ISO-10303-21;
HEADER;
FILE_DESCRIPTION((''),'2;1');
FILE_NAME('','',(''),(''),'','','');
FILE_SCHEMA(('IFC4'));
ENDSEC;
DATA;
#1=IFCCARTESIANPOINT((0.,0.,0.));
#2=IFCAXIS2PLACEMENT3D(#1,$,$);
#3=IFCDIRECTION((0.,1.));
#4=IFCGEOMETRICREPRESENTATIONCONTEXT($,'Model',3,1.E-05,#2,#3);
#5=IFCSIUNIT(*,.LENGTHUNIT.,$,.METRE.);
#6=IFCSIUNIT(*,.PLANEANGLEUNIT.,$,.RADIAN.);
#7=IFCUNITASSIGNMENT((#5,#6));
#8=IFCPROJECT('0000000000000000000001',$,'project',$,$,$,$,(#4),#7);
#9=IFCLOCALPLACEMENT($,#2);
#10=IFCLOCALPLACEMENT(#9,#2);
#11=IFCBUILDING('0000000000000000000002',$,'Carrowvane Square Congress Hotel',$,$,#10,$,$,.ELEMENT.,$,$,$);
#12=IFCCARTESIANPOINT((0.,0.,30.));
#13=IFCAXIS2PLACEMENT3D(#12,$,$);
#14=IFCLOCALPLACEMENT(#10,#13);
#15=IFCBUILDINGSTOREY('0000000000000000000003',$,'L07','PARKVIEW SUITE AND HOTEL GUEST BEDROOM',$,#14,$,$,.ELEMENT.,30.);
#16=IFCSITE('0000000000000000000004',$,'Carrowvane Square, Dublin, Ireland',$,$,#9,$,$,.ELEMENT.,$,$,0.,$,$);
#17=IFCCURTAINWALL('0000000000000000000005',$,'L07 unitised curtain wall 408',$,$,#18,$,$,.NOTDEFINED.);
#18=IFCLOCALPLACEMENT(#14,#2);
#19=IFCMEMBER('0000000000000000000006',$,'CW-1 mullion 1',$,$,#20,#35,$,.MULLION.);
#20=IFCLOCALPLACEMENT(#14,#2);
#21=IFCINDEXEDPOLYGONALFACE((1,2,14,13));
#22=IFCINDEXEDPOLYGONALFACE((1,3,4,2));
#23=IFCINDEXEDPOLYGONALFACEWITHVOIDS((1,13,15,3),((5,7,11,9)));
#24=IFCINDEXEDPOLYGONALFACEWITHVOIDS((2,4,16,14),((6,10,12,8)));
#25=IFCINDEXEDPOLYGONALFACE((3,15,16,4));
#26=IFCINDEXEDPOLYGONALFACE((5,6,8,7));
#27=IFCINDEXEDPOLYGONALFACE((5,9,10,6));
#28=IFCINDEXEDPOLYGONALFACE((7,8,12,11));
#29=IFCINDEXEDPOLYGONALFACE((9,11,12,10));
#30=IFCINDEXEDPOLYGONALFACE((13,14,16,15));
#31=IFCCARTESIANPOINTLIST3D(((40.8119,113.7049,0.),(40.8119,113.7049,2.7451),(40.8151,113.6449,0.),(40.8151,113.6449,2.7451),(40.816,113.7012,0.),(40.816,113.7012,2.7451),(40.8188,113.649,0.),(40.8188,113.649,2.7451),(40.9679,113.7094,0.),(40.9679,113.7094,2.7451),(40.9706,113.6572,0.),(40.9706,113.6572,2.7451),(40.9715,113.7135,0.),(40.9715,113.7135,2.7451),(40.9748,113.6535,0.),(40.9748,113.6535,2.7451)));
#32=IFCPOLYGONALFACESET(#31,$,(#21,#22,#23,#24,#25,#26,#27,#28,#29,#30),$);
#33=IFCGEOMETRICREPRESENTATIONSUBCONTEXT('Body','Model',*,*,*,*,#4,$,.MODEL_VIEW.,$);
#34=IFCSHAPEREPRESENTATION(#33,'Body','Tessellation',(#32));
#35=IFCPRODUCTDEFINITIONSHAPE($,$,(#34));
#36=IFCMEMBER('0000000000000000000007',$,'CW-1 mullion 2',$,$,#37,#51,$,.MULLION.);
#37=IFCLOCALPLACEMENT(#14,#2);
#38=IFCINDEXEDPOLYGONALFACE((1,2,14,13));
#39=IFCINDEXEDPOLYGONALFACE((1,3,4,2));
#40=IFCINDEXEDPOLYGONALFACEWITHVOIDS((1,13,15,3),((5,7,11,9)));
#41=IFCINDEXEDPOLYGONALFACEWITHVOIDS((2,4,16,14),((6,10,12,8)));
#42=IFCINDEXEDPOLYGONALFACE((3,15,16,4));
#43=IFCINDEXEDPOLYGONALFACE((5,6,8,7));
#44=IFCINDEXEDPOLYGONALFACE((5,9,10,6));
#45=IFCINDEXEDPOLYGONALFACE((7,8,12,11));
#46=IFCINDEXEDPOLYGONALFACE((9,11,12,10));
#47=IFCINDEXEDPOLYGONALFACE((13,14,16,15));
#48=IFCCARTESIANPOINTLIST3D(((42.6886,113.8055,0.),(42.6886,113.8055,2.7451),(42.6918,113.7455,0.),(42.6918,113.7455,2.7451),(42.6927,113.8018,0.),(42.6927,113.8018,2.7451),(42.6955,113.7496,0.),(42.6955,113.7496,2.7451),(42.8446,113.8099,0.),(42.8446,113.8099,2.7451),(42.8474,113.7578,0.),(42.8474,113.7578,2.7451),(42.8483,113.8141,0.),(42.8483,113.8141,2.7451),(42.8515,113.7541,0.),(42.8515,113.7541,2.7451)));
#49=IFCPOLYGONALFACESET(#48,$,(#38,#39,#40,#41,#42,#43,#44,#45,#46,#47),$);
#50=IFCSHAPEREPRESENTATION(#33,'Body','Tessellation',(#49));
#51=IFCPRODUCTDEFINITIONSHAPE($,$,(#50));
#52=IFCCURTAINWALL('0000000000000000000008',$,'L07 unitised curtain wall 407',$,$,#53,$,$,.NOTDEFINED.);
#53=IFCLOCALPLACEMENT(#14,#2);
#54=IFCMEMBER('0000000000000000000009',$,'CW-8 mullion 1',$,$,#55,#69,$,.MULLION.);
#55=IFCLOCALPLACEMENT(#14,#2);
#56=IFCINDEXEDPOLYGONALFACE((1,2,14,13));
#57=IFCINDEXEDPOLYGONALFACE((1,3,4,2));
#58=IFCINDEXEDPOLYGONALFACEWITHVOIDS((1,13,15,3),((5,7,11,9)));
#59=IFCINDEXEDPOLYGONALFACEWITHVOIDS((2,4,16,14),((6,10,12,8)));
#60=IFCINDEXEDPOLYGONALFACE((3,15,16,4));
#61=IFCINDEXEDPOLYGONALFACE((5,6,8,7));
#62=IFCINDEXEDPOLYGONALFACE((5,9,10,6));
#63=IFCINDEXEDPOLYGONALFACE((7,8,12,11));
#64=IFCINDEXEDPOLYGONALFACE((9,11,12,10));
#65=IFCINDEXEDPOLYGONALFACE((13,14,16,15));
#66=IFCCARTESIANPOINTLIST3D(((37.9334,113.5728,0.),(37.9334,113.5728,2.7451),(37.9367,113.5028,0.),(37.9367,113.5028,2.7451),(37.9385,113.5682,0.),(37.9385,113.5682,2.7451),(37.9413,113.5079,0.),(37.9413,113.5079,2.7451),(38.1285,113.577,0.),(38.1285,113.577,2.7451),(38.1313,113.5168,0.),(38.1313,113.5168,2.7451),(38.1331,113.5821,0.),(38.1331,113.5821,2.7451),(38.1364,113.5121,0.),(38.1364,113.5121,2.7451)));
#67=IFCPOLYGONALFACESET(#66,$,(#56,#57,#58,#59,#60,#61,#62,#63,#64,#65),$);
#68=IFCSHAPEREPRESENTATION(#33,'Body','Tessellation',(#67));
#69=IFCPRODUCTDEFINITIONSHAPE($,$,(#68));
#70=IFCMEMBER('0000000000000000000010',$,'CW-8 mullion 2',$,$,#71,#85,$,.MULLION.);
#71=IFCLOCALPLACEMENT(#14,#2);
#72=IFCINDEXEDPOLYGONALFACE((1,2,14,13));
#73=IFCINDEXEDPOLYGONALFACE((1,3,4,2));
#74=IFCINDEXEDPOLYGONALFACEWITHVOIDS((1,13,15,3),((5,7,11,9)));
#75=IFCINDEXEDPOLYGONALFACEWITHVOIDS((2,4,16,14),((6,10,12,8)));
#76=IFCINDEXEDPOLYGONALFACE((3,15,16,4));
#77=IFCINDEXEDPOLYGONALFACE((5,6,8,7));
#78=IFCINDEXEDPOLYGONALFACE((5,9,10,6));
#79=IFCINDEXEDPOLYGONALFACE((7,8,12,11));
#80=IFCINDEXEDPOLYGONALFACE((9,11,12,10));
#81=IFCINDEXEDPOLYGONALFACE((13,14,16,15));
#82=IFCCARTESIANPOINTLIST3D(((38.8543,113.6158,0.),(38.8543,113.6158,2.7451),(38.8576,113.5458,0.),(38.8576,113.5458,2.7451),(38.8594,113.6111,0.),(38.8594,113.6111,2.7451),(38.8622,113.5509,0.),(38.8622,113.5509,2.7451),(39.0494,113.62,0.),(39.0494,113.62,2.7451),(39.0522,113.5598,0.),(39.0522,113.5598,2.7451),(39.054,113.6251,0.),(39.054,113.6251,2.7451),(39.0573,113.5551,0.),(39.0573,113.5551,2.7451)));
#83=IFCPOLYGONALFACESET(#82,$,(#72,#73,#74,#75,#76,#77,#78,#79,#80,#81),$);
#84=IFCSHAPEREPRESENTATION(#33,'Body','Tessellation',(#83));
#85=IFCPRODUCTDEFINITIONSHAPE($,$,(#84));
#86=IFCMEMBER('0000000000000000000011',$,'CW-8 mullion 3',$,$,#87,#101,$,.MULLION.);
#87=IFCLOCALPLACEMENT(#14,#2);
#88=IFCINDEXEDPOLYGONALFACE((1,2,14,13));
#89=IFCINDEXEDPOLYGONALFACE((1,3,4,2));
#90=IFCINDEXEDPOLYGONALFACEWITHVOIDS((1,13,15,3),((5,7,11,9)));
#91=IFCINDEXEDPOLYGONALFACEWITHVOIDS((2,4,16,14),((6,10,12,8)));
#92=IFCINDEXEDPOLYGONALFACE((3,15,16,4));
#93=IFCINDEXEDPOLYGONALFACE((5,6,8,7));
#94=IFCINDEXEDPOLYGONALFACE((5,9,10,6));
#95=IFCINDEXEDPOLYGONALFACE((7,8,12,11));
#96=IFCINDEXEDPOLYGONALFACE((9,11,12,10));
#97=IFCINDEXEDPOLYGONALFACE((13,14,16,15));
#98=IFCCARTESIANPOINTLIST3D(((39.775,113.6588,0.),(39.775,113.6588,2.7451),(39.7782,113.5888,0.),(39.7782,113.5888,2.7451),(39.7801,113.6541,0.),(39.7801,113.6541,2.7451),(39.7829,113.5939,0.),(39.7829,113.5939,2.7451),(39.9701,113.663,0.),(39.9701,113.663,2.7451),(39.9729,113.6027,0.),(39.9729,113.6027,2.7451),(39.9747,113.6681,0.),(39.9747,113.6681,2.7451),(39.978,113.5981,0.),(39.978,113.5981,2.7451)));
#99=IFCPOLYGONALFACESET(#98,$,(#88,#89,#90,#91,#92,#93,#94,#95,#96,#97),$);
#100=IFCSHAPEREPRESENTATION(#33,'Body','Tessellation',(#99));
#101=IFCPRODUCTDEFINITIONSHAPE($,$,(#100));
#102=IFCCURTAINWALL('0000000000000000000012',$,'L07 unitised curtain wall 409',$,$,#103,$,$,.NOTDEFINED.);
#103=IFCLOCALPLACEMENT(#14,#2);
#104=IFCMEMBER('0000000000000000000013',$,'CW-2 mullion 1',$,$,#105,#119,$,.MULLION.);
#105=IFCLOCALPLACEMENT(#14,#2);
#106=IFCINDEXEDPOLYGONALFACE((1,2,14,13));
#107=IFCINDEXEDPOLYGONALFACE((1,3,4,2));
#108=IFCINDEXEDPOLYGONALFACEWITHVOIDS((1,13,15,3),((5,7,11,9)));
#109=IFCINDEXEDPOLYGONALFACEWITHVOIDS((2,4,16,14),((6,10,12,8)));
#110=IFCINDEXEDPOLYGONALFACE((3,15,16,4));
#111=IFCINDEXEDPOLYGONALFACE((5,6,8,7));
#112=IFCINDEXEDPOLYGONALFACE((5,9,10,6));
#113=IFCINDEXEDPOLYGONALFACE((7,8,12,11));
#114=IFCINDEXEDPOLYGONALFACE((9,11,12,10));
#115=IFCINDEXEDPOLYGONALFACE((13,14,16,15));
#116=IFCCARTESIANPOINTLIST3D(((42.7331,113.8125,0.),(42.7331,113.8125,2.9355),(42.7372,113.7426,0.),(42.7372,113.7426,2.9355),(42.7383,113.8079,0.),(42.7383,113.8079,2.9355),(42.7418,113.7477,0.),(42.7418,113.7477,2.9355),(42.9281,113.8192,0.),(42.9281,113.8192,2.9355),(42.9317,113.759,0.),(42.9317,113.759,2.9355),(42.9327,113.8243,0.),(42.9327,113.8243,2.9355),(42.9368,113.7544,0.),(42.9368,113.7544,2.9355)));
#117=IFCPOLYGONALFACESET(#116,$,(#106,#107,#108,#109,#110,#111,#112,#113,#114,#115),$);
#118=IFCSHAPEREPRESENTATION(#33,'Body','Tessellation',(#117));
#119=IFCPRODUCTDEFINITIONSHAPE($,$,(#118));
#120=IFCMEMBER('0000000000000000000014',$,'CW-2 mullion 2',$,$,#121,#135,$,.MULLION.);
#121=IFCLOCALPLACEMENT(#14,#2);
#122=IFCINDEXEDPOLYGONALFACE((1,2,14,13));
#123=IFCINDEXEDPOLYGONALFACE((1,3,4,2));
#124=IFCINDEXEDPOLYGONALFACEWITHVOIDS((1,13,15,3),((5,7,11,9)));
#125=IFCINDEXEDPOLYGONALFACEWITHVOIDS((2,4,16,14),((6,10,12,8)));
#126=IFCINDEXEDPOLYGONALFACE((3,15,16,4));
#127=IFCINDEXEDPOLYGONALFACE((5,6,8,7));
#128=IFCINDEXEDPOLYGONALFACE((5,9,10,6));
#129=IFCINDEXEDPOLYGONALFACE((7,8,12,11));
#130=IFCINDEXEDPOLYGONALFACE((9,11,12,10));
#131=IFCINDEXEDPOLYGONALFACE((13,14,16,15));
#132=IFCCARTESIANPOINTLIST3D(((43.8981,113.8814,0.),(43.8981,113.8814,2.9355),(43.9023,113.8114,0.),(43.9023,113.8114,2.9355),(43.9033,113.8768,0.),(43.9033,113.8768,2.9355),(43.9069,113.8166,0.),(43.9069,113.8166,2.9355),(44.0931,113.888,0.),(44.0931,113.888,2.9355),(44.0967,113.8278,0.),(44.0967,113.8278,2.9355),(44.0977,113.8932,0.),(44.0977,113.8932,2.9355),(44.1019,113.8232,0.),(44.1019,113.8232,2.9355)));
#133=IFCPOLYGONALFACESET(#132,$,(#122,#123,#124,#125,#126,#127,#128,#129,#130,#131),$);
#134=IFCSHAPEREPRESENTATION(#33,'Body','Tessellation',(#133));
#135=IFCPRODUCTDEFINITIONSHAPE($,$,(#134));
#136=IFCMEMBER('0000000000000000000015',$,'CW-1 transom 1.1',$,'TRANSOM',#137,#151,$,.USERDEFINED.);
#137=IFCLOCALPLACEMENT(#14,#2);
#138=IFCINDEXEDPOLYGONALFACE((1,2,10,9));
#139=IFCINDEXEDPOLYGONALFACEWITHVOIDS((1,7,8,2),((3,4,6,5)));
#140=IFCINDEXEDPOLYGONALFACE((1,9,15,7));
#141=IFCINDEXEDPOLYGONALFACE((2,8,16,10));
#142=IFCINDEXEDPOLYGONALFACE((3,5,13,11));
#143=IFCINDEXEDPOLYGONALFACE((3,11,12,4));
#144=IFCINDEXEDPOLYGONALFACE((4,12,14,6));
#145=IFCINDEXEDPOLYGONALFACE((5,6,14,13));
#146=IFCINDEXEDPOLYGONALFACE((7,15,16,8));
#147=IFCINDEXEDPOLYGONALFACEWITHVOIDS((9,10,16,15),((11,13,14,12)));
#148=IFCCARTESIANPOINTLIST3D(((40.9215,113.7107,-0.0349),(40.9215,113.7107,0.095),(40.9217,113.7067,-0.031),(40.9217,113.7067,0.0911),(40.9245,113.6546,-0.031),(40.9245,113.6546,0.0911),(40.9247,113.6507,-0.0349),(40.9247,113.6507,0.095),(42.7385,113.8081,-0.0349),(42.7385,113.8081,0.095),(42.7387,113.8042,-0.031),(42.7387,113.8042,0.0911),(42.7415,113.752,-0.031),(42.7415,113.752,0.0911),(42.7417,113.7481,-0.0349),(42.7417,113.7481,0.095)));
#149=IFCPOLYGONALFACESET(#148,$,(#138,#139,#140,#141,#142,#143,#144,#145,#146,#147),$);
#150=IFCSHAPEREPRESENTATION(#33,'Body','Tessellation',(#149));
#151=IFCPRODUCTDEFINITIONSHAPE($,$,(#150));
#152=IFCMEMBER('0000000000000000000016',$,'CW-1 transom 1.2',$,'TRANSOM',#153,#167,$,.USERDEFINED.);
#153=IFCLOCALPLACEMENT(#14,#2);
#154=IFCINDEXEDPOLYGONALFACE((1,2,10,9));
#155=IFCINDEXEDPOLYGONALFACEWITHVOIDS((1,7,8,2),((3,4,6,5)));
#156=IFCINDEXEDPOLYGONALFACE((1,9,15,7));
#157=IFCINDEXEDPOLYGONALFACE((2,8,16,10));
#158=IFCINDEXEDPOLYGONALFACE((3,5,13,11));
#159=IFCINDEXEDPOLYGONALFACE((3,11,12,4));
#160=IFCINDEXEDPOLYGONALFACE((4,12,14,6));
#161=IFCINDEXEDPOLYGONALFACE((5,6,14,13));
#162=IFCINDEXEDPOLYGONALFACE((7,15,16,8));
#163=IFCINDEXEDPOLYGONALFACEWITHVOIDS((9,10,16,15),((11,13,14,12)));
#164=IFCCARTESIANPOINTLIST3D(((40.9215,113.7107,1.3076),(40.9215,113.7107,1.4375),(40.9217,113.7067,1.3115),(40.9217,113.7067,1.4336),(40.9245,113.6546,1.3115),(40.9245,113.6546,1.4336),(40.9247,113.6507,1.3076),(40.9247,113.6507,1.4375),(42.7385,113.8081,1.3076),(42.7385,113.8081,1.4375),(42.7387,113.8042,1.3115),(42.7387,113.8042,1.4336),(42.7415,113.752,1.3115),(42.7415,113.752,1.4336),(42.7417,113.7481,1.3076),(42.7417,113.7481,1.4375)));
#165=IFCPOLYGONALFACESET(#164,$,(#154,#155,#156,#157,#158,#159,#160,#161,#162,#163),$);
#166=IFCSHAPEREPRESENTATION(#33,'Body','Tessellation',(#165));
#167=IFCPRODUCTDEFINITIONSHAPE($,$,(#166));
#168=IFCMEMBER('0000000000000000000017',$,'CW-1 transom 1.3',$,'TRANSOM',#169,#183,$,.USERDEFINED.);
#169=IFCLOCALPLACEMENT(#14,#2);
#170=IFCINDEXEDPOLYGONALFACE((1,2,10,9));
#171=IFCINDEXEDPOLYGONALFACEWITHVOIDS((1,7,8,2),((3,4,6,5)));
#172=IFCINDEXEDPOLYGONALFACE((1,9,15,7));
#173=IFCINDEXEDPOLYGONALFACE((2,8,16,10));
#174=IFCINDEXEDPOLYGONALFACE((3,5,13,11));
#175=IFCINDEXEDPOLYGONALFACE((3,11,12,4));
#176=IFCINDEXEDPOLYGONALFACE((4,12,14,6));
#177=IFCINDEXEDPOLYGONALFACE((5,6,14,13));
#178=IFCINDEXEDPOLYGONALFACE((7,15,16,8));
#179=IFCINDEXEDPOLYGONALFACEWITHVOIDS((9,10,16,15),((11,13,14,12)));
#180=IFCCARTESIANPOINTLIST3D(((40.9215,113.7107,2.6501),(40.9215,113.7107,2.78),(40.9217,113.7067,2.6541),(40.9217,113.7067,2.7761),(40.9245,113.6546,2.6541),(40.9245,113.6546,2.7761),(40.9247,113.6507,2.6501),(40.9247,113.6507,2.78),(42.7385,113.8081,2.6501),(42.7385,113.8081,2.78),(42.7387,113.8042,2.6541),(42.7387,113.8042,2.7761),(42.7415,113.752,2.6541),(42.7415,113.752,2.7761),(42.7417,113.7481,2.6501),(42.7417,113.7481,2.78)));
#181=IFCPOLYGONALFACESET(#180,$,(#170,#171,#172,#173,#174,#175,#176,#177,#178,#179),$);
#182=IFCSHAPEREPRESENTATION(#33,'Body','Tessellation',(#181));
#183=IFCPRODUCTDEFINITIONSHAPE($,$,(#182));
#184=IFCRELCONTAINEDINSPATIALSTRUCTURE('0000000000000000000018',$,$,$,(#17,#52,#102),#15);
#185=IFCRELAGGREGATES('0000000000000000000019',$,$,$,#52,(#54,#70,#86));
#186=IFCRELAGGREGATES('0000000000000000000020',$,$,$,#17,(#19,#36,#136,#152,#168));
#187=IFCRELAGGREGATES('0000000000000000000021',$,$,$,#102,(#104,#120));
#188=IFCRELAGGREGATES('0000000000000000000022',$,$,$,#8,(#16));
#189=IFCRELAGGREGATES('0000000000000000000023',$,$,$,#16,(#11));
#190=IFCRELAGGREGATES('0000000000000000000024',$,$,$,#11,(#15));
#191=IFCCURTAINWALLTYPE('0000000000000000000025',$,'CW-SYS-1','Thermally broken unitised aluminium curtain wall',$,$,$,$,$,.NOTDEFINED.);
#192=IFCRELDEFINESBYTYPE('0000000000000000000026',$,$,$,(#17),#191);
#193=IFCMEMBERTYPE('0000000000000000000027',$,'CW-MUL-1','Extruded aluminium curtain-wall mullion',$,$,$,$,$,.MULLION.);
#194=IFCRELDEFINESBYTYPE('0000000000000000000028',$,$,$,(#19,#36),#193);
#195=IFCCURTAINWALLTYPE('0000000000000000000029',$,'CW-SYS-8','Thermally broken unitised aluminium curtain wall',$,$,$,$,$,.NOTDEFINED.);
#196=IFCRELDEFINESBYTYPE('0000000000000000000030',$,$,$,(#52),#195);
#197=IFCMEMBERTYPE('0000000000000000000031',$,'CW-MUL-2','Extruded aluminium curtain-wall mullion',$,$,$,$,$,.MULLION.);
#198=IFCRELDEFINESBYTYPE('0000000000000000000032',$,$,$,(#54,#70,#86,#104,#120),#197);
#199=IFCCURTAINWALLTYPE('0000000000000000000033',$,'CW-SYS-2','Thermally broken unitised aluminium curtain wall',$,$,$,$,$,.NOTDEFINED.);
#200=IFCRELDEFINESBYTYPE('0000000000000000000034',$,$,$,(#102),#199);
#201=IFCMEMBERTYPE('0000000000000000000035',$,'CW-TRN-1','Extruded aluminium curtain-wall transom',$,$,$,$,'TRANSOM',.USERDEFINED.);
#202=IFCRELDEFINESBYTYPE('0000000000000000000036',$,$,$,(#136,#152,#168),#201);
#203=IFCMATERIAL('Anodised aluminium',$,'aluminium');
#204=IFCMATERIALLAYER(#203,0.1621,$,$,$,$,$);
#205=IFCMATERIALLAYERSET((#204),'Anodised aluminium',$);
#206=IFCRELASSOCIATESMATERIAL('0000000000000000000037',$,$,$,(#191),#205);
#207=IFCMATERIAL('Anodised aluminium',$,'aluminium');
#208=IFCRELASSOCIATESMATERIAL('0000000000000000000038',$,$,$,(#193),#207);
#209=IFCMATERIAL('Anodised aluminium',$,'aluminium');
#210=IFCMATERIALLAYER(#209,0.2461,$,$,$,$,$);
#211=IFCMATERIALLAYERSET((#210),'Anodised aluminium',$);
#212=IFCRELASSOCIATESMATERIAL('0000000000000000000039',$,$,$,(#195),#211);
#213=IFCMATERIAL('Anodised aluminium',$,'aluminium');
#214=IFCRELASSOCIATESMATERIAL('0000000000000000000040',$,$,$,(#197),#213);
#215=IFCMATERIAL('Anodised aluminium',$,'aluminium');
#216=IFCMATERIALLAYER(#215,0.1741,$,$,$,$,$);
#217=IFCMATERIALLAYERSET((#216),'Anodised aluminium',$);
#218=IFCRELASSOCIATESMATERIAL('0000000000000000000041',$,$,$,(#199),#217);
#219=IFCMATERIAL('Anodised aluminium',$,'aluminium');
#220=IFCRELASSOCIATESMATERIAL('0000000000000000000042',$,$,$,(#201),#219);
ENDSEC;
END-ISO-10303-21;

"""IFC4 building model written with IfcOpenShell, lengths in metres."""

from ifc_helpers import new_model, si_unit, direction, frame, origin, origin_2d, place, context, subcontext, project, spatial, hollow_rectangle, extrude, material, layer, layer_set, material_profile, profile_set, type_object, element, aggregate, save


model = new_model("IFC4")

# Units and contexts
model_context = context("Model", 3, precision=1e-05, world=origin(), true_north=direction((0.0, 1.0)))
body_context = subcontext(model_context, "Body", "Model", "MODEL_VIEW")
ifc_project = project(units=[si_unit("LENGTHUNIT", "METRE"), si_unit("PLANEANGLEUNIT", "RADIAN")], contexts=[model_context])

# Site, building, storey
site_placement = place(None, origin())
site = spatial("IfcSite", under=ifc_project, at=site_placement, Name="Carrowvane Square, Dublin, Ireland", CompositionType="ELEMENT", RefElevation=0.0)
building_placement = place(site_placement, origin())
building = spatial("IfcBuilding", under=site, at=building_placement, Name="Carrowvane Square Congress Hotel", CompositionType="ELEMENT")
storey_placement = place(building_placement, frame((0.0, 0.0, 30.0)))
storey = spatial("IfcBuildingStorey", under=building, at=storey_placement, Name="L07", Description="PARKVIEW SUITE AND HOTEL GUEST BEDROOM", CompositionType="ELEMENT", Elevation=30.0)

# Curtain walls, members
ifc_material_1 = material(Name="Anodised aluminium", Category="aluminium")
ifc_layer_1 = layer(ifc_material_1, 0.1621)
ifc_layer_set_1 = layer_set([ifc_layer_1], Name="Anodised aluminium")
curtain_wall_type_1 = type_object("IfcCurtainWallType", Name="CW-SYS-1", Description="Thermally broken unitised aluminium curtain wall", PredefinedType="NOTDEFINED", material=ifc_layer_set_1)
curtain_wall_1_placement = place(storey_placement, origin())
curtain_wall_1 = element("IfcCurtainWall", 1, at=curtain_wall_1_placement, inside=storey, type_object=curtain_wall_type_1, Name="L07 unitised curtain wall 408", PredefinedType="NOTDEFINED")
ifc_material_2 = material(Name="Anodised aluminium", Category="aluminium")
ifc_material_profile_1 = material_profile(ifc_material_2, hollow_rectangle(XDim=0.0601, YDim=0.1599, WallThickness=0.0039, at=origin_2d()), Name="CW-ML 60x160x4")
ifc_profile_set_1 = profile_set([ifc_material_profile_1], Name="Anodised aluminium")
member_type_1 = type_object("IfcMemberType", Name="CW-MUL-1", Description="Extruded aluminium curtain-wall mullion", PredefinedType="MULLION", material=ifc_profile_set_1)
member_1_placement = place(storey_placement, frame((40.8933, 113.6792, 0.0), z_axis=(0.0, 0.0, 1.0), x_axis=(-0.053514, 0.998567, 0.0)))
member_1 = element("IfcMember", 2, at=member_1_placement, type_object=member_type_1, Name="CW-1 mullion 1", PredefinedType="MULLION", context=body_context, shape_type="SweptSolid", body=[
    extrude(hollow_rectangle(XDim=0.0601, YDim=0.1599, WallThickness=0.0039, at=origin_2d()), origin(), (0.0, 0.0, 1.0), 2.7451),
])
member_2_placement = place(storey_placement, frame((42.77, 113.7798, 0.0), z_axis=(0.0, 0.0, 1.0), x_axis=(-0.053514, 0.998567, 0.0)))
member_2 = element("IfcMember", 3, at=member_2_placement, type_object=member_type_1, Name="CW-1 mullion 2", PredefinedType="MULLION", context=body_context, shape_type="SweptSolid", body=[
    extrude(hollow_rectangle(XDim=0.0601, YDim=0.1599, WallThickness=0.0039, at=origin_2d()), origin(), (0.0, 0.0, 1.0), 2.7451),
])
ifc_material_3 = material(Name="Anodised aluminium", Category="aluminium")
ifc_layer_2 = layer(ifc_material_3, 0.2461)
ifc_layer_set_2 = layer_set([ifc_layer_2], Name="Anodised aluminium")
curtain_wall_type_2 = type_object("IfcCurtainWallType", Name="CW-SYS-8", Description="Thermally broken unitised aluminium curtain wall", PredefinedType="NOTDEFINED", material=ifc_layer_set_2)
curtain_wall_2_placement = place(storey_placement, origin())
curtain_wall_2 = element("IfcCurtainWall", 4, at=curtain_wall_2_placement, inside=storey, type_object=curtain_wall_type_2, Name="L07 unitised curtain wall 407", PredefinedType="NOTDEFINED")
ifc_material_4 = material(Name="Anodised aluminium", Category="aluminium")
ifc_material_profile_2 = material_profile(ifc_material_4, hollow_rectangle(XDim=0.0701, YDim=0.2, WallThickness=0.0049, at=origin_2d()), Name="CW-ML 70x200x5")
ifc_profile_set_2 = profile_set([ifc_material_profile_2], Name="Anodised aluminium")
member_type_2 = type_object("IfcMemberType", Name="CW-MUL-2", Description="Extruded aluminium curtain-wall mullion", PredefinedType="MULLION", material=ifc_profile_set_2)
member_3_placement = place(storey_placement, frame((38.0349, 113.5425, 0.0), z_axis=(0.0, 0.0, 1.0), x_axis=(-0.046522, 0.998917, 0.0)))
member_3 = element("IfcMember", 5, at=member_3_placement, type_object=member_type_2, Name="CW-8 mullion 1", PredefinedType="MULLION", context=body_context, shape_type="SweptSolid", body=[
    extrude(hollow_rectangle(XDim=0.0701, YDim=0.2, WallThickness=0.0049, at=origin_2d()), origin(), (0.0, 0.0, 1.0), 2.7451),
])
member_4_placement = place(storey_placement, frame((38.9558, 113.5854, 0.0), z_axis=(0.0, 0.0, 1.0), x_axis=(-0.046522, 0.998917, 0.0)))
member_4 = element("IfcMember", 6, at=member_4_placement, type_object=member_type_2, Name="CW-8 mullion 2", PredefinedType="MULLION", context=body_context, shape_type="SweptSolid", body=[
    extrude(hollow_rectangle(XDim=0.0701, YDim=0.2, WallThickness=0.0049, at=origin_2d()), origin(), (0.0, 0.0, 1.0), 2.7451),
])
member_5_placement = place(storey_placement, frame((39.8765, 113.6284, 0.0), z_axis=(0.0, 0.0, 1.0), x_axis=(-0.046522, 0.998917, 0.0)))
member_5 = element("IfcMember", 7, at=member_5_placement, type_object=member_type_2, Name="CW-8 mullion 3", PredefinedType="MULLION", context=body_context, shape_type="SweptSolid", body=[
    extrude(hollow_rectangle(XDim=0.0701, YDim=0.2, WallThickness=0.0049, at=origin_2d()), origin(), (0.0, 0.0, 1.0), 2.7451),
])
ifc_material_5 = material(Name="Anodised aluminium", Category="aluminium")
ifc_layer_3 = layer(ifc_material_5, 0.1741)
ifc_layer_set_3 = layer_set([ifc_layer_3], Name="Anodised aluminium")
curtain_wall_type_3 = type_object("IfcCurtainWallType", Name="CW-SYS-2", Description="Thermally broken unitised aluminium curtain wall", PredefinedType="NOTDEFINED", material=ifc_layer_set_3)
curtain_wall_3_placement = place(storey_placement, origin())
curtain_wall_3 = element("IfcCurtainWall", 8, at=curtain_wall_3_placement, inside=storey, type_object=curtain_wall_type_3, Name="L07 unitised curtain wall 409", PredefinedType="NOTDEFINED")
member_6_placement = place(storey_placement, frame((42.835, 113.7834, 0.0), z_axis=(0.0, 0.0, 1.0), x_axis=(-0.058989, 0.998259, 0.0)))
member_6 = element("IfcMember", 9, at=member_6_placement, type_object=member_type_2, Name="CW-2 mullion 1", PredefinedType="MULLION", context=body_context, shape_type="SweptSolid", body=[
    extrude(hollow_rectangle(XDim=0.0701, YDim=0.2, WallThickness=0.0049, at=origin_2d()), origin(), (0.0, 0.0, 1.0), 2.9355),
])
member_7_placement = place(storey_placement, frame((44.0, 113.8523, 0.0), z_axis=(0.0, 0.0, 1.0), x_axis=(-0.058989, 0.998259, 0.0)))
member_7 = element("IfcMember", 10, at=member_7_placement, type_object=member_type_2, Name="CW-2 mullion 2", PredefinedType="MULLION", context=body_context, shape_type="SweptSolid", body=[
    extrude(hollow_rectangle(XDim=0.0701, YDim=0.2, WallThickness=0.0049, at=origin_2d()), origin(), (0.0, 0.0, 1.0), 2.9355),
])

# Members
ifc_material_6 = material(Name="Anodised aluminium", Category="aluminium")
ifc_material_profile_3 = material_profile(ifc_material_6, hollow_rectangle(XDim=0.0601, YDim=0.1299, WallThickness=0.0039, at=origin_2d()), Name="CW-TR 60x130x4")
ifc_profile_set_3 = profile_set([ifc_material_profile_3], Name="Anodised aluminium")
member_type_3 = type_object("IfcMemberType", Name="CW-TRN-1", Description="Extruded aluminium curtain-wall transom", ElementType="TRANSOM", PredefinedType="USERDEFINED", material=ifc_profile_set_3)
member_8_placement = place(storey_placement, frame((40.9231, 113.6807, 0.03), z_axis=(0.998566, 0.053538, 0.0), x_axis=(-0.053538, 0.998566, 0.0)))
member_8 = element("IfcMember", 11, at=member_8_placement, type_object=member_type_3, Name="CW-1 transom 1.1", ObjectType="TRANSOM", PredefinedType="USERDEFINED", context=body_context, shape_type="SweptSolid", body=[
    extrude(hollow_rectangle(XDim=0.0601, YDim=0.1299, WallThickness=0.0039, at=origin_2d()), origin(), (0.0, 0.0, 1.0), 1.8196),
])
member_9_placement = place(storey_placement, frame((40.9231, 113.6807, 1.3726), z_axis=(0.998566, 0.053538, 0.0), x_axis=(-0.053538, 0.998566, 0.0)))
member_9 = element("IfcMember", 12, at=member_9_placement, type_object=member_type_3, Name="CW-1 transom 1.2", ObjectType="TRANSOM", PredefinedType="USERDEFINED", context=body_context, shape_type="SweptSolid", body=[
    extrude(hollow_rectangle(XDim=0.0601, YDim=0.1299, WallThickness=0.0039, at=origin_2d()), origin(), (0.0, 0.0, 1.0), 1.8196),
])
member_10_placement = place(storey_placement, frame((40.9231, 113.6807, 2.7151), z_axis=(0.998566, 0.053538, 0.0), x_axis=(-0.053538, 0.998566, 0.0)))
member_10 = element("IfcMember", 13, at=member_10_placement, type_object=member_type_3, Name="CW-1 transom 1.3", ObjectType="TRANSOM", PredefinedType="USERDEFINED", context=body_context, shape_type="SweptSolid", body=[
    extrude(hollow_rectangle(XDim=0.0601, YDim=0.1299, WallThickness=0.0039, at=origin_2d()), origin(), (0.0, 0.0, 1.0), 1.8196),
])

aggregate(curtain_wall_2, [member_3, member_4, member_5])
aggregate(curtain_wall_1, [member_1, member_2, member_8, member_9, member_10])
aggregate(curtain_wall_3, [member_6, member_7])

save(model, "model.ifc")
